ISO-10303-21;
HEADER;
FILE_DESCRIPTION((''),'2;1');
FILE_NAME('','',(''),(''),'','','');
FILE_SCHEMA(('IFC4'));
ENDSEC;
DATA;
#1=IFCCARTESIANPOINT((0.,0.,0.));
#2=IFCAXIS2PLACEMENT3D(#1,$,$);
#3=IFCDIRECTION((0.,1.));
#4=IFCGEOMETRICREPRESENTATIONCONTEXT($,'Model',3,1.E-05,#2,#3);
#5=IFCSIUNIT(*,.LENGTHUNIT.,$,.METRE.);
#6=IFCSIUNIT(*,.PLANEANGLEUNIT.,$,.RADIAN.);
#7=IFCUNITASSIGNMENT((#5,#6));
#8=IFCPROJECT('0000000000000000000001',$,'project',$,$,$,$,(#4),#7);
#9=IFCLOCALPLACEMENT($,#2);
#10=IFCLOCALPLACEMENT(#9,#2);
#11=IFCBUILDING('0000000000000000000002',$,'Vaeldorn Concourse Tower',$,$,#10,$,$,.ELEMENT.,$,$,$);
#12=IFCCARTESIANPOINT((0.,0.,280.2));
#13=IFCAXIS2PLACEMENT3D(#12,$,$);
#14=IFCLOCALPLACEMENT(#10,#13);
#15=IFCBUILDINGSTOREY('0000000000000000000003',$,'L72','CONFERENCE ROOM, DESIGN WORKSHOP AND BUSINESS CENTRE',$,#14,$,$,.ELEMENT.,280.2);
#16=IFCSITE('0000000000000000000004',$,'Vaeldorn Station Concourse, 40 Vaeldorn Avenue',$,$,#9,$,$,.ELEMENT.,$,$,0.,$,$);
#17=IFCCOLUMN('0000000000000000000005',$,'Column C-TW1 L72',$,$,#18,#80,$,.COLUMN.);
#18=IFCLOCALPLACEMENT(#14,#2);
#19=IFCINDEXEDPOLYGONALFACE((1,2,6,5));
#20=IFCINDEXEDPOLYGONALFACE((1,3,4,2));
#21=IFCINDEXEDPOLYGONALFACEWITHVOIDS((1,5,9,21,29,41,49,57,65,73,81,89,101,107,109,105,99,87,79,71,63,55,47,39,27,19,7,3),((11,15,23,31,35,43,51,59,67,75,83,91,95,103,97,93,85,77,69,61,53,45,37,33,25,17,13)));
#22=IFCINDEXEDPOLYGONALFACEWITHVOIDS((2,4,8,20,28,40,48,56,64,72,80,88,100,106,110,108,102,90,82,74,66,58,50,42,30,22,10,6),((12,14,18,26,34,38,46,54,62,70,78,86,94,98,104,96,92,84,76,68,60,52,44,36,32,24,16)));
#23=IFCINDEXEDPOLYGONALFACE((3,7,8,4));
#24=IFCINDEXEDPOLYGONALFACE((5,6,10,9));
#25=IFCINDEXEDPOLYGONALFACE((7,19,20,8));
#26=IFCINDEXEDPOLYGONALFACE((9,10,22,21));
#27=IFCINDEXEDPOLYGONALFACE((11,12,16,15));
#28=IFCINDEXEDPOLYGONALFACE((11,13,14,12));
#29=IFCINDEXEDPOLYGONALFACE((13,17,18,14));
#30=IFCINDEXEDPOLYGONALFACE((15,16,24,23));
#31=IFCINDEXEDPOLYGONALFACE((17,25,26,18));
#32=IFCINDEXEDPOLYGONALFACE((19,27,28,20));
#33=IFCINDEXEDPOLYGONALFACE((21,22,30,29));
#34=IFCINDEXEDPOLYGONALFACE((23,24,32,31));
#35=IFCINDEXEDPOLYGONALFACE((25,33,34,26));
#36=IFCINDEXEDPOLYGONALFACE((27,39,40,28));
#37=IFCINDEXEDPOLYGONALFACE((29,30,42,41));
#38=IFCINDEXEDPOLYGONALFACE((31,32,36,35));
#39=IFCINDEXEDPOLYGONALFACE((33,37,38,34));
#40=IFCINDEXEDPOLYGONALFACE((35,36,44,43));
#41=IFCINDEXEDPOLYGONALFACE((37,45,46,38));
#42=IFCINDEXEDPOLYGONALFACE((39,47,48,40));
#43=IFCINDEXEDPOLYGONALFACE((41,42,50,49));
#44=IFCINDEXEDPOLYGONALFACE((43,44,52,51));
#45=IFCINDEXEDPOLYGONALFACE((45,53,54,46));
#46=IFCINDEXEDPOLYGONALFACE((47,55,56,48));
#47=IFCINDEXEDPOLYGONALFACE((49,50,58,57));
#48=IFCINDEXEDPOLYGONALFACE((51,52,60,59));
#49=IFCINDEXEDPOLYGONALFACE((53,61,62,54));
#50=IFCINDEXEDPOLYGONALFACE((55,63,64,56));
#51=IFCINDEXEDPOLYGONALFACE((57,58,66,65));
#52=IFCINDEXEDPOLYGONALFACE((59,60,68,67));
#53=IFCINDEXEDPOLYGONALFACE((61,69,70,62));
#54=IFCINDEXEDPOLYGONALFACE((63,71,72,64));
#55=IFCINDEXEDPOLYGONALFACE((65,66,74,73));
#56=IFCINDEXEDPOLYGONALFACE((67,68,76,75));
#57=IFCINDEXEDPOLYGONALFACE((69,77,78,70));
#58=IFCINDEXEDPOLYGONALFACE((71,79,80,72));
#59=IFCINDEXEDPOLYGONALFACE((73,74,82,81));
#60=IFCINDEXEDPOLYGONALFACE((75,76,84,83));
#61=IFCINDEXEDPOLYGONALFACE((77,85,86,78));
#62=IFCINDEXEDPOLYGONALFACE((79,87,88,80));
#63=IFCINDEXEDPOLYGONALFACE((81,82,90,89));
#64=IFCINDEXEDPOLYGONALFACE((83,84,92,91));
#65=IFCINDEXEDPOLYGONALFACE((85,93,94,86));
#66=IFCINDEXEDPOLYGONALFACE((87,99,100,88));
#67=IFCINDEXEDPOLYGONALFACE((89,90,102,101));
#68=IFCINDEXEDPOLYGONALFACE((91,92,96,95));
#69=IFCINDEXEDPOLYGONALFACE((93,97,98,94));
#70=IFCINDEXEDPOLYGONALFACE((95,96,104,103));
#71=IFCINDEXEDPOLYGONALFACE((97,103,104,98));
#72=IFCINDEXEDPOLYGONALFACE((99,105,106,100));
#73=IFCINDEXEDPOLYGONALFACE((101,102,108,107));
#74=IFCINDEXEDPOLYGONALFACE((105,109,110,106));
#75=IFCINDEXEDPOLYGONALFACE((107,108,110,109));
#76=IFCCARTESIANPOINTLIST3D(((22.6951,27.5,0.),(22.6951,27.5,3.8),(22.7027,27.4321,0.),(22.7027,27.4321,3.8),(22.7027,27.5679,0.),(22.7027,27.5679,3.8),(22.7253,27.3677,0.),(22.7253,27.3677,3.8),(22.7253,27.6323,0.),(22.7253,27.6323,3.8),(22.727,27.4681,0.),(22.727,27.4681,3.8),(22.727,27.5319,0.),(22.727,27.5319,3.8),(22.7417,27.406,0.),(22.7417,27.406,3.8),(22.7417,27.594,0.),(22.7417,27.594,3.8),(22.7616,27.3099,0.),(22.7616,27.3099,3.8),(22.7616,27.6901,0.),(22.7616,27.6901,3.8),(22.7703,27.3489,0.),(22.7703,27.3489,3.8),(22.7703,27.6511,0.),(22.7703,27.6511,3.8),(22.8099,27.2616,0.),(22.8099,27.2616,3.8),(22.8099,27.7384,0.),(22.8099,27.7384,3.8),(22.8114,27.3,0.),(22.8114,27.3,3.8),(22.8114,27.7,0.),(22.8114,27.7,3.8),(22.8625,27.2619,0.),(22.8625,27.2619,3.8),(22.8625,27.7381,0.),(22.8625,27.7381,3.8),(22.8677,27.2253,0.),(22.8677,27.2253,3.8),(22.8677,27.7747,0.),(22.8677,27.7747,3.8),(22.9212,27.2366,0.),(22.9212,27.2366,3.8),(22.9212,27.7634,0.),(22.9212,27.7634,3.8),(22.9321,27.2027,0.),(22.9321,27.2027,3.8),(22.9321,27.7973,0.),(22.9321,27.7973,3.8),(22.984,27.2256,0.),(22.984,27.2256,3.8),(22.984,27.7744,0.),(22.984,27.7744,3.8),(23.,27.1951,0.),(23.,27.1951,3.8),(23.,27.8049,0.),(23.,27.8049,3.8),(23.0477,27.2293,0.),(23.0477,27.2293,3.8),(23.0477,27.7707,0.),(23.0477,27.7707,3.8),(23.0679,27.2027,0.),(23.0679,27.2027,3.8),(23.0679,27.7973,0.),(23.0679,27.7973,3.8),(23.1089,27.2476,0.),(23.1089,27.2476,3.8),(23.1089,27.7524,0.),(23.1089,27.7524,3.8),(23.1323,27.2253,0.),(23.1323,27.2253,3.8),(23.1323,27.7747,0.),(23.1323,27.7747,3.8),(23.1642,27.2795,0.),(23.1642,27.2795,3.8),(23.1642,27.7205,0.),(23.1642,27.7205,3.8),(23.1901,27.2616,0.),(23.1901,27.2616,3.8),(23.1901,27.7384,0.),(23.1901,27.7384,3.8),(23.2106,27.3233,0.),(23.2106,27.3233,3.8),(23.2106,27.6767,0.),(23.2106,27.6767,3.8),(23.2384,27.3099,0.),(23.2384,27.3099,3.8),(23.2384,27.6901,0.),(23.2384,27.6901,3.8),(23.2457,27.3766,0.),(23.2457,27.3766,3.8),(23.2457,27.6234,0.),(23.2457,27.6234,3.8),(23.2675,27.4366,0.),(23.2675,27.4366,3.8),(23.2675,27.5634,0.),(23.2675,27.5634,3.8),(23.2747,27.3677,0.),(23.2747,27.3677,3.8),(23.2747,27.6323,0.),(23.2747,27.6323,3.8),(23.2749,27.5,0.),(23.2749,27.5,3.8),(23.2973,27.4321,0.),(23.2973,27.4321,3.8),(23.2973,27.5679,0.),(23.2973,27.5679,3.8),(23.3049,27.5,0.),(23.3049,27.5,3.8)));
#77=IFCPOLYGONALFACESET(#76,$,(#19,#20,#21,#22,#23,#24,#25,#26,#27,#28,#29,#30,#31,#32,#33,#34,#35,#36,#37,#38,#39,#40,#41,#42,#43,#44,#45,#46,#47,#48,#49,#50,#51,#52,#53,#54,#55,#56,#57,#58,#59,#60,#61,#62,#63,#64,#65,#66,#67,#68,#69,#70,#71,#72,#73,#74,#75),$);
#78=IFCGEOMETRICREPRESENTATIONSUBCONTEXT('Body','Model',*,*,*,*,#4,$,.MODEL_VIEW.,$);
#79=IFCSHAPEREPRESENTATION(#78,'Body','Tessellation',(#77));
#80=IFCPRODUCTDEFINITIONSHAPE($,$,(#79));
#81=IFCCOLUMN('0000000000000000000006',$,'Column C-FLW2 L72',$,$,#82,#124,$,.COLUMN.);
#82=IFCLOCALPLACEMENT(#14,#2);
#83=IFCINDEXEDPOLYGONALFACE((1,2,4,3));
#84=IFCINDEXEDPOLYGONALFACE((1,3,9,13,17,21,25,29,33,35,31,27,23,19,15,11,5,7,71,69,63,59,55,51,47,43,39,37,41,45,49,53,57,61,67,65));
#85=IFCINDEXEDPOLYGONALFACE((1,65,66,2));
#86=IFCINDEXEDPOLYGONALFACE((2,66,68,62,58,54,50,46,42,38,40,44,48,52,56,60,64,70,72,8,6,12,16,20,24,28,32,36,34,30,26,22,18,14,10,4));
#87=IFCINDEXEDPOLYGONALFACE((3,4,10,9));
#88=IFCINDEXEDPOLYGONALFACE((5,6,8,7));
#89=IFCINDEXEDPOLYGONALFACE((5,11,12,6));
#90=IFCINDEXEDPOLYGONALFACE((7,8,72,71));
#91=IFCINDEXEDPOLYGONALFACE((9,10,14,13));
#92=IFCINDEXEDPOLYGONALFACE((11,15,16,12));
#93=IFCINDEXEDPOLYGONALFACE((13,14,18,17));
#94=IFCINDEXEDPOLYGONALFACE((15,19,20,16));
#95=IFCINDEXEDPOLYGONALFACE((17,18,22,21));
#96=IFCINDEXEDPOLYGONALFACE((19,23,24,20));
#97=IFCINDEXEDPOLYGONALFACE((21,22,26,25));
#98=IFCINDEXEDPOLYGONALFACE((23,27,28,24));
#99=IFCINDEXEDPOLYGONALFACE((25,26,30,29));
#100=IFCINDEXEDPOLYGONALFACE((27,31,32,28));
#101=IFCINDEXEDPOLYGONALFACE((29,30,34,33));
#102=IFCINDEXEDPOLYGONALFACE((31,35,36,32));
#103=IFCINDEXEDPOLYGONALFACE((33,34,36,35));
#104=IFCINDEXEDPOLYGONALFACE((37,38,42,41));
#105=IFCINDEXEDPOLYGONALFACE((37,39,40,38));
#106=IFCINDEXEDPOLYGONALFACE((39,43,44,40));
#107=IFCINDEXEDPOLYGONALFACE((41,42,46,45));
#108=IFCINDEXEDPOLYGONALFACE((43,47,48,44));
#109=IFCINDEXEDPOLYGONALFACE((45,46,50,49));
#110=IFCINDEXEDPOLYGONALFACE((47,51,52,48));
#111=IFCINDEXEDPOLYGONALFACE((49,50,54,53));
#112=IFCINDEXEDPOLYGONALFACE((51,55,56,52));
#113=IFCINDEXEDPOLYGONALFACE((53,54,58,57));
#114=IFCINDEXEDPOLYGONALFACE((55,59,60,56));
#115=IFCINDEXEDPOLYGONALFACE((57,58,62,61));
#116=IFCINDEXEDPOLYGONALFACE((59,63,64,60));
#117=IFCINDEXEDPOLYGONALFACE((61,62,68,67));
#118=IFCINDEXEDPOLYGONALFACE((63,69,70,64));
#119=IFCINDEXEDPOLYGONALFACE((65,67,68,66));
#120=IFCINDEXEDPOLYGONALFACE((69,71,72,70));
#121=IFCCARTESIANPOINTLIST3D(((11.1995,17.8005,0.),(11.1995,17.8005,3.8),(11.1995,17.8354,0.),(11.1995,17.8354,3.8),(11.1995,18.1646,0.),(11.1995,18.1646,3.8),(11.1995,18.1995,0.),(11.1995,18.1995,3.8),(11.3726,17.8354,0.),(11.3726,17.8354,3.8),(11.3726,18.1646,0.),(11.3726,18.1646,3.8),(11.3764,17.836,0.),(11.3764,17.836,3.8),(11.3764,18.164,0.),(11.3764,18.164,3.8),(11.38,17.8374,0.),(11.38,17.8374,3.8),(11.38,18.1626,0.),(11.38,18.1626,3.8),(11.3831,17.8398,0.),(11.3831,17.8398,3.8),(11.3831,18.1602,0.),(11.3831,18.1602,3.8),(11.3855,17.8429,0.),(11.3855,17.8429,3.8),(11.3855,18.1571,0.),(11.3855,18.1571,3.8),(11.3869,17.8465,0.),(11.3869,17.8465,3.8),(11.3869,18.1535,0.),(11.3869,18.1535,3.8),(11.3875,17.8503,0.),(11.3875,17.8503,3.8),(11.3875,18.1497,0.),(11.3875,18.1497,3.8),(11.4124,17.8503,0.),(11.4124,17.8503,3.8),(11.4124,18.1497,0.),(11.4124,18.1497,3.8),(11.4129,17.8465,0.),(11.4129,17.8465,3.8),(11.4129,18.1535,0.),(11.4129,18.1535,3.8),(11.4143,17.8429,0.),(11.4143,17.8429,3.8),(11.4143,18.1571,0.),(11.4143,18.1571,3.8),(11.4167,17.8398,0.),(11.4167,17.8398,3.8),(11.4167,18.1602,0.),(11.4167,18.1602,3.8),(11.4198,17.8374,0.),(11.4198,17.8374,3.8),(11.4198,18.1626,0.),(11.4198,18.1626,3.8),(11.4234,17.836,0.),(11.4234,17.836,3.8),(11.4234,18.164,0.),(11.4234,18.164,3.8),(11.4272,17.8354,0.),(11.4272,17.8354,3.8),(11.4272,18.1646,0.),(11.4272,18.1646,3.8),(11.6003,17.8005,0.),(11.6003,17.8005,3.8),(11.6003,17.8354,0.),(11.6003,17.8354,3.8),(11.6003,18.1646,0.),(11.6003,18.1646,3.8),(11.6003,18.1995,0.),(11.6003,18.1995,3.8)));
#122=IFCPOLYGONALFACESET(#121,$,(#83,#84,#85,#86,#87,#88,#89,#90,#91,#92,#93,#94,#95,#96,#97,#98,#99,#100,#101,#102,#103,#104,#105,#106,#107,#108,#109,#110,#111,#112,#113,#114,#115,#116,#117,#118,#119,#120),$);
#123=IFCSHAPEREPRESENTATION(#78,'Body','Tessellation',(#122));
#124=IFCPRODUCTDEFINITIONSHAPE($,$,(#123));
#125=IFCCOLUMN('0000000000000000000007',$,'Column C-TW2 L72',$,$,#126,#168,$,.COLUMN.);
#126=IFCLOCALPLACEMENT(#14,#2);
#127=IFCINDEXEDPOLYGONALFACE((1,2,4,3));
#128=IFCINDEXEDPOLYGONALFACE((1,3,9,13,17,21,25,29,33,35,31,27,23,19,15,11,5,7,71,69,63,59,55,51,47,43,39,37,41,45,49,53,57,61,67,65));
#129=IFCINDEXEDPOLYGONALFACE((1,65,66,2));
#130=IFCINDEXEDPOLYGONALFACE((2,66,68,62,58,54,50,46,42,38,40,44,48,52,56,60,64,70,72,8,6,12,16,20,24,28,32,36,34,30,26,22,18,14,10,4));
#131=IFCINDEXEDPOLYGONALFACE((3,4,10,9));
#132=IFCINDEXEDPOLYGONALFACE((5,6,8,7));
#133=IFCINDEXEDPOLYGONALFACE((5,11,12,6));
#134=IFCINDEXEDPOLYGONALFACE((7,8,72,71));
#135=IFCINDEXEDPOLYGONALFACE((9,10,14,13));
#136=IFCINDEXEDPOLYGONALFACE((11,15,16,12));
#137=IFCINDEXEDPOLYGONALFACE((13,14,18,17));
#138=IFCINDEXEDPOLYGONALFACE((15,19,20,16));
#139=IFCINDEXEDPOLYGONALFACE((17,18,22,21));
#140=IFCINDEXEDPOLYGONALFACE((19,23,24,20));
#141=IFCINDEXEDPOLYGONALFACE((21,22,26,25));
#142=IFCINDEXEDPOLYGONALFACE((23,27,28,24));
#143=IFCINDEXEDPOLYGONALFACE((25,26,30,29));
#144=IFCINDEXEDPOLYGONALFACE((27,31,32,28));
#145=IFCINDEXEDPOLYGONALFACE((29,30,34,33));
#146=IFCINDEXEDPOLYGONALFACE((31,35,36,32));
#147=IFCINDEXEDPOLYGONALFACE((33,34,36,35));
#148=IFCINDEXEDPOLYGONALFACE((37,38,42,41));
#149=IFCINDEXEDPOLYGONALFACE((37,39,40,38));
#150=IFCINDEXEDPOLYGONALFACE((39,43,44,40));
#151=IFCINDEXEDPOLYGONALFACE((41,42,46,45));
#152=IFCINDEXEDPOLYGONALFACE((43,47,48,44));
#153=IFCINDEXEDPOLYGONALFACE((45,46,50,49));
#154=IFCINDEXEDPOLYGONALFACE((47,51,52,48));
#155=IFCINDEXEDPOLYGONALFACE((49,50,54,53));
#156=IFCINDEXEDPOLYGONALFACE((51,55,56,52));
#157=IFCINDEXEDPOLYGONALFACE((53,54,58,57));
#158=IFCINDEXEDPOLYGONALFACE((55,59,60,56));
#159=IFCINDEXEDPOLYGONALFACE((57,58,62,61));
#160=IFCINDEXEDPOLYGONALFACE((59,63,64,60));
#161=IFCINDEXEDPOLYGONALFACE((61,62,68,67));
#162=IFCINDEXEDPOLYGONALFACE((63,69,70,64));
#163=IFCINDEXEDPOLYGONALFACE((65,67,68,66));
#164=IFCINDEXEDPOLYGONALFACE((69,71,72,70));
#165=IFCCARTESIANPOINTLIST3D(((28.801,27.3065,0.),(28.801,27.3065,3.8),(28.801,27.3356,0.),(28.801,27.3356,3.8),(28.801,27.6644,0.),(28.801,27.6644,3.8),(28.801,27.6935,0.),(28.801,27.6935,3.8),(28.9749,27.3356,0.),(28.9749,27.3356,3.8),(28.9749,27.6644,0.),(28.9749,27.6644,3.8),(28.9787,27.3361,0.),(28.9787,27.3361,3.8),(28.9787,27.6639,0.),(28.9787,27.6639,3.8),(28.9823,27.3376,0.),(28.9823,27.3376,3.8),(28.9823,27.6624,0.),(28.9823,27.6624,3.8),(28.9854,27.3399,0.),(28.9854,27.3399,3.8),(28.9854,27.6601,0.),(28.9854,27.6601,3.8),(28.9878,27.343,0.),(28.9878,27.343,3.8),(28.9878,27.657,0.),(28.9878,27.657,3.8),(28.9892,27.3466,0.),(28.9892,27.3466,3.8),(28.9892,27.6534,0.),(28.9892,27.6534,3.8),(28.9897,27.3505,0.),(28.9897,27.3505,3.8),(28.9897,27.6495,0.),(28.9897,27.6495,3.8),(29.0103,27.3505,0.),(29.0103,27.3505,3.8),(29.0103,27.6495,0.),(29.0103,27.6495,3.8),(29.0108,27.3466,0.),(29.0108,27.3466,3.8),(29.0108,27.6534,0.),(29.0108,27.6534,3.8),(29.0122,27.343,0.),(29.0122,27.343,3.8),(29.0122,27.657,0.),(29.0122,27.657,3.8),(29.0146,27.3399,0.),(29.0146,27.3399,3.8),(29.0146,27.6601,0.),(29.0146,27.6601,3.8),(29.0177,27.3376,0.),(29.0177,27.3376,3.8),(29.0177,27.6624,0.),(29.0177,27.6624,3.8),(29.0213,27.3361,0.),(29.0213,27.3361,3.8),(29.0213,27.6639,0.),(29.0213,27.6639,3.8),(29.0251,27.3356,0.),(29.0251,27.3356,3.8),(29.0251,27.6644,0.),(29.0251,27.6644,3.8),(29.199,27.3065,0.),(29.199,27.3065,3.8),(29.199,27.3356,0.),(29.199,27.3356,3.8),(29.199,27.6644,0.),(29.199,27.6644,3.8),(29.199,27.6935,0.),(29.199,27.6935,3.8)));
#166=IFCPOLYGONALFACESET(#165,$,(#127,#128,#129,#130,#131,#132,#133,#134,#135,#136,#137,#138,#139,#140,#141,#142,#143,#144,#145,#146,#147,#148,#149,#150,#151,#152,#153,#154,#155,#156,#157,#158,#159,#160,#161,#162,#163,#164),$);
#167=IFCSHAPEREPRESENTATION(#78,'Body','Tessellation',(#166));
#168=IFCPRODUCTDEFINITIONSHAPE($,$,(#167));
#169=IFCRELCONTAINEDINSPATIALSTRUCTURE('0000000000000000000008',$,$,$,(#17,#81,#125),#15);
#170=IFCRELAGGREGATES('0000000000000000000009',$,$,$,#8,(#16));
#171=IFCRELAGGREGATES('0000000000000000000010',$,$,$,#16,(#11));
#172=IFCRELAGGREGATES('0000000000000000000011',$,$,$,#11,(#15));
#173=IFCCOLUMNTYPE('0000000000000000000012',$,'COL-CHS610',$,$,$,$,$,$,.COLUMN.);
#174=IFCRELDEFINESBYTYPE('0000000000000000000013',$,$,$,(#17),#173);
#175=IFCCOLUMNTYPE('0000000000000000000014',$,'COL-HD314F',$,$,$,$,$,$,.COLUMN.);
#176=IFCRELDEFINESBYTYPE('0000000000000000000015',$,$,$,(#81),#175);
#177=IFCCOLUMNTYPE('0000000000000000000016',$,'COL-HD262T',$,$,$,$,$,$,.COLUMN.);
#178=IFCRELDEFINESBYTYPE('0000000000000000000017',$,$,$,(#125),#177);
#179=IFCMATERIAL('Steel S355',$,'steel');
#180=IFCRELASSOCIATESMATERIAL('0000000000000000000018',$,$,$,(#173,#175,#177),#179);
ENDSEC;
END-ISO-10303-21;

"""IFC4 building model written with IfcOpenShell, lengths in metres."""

from ifc_helpers import new_model, si_unit, direction, frame, origin, origin_2d, place, context, subcontext, project, spatial, hollow_circle, i_section, extrude, source, transform, mapped, material, material_profile, profile_set, type_object, element, save


model = new_model("IFC4")

# Units and contexts
model_context = context("Model", 3, precision=1e-05, world=origin(), true_north=direction((0.0, 1.0)))
body_context = subcontext(model_context, "Body", "Model", "MODEL_VIEW")
ifc_project = project(units=[si_unit("LENGTHUNIT", "METRE"), si_unit("PLANEANGLEUNIT", "RADIAN")], contexts=[model_context])

# Site, building, storey
site_placement = place(None, origin())
site = spatial("IfcSite", under=ifc_project, at=site_placement, Name="Vaeldorn Station Concourse, 40 Vaeldorn Avenue", CompositionType="ELEMENT", RefElevation=0.0)
building_placement = place(site_placement, origin())
building = spatial("IfcBuilding", under=site, at=building_placement, Name="Vaeldorn Concourse Tower", CompositionType="ELEMENT")
storey_placement = place(building_placement, frame((0.0, 0.0, 280.2)))
storey = spatial("IfcBuildingStorey", under=building, at=storey_placement, Name="L72", Description="CONFERENCE ROOM, DESIGN WORKSHOP AND BUSINESS CENTRE", CompositionType="ELEMENT", Elevation=280.2)

# Columns
ifc_material_1 = material(Name="Steel S355", Category="steel")
ifc_material_profile_1 = material_profile(ifc_material_1, hollow_circle(Radius=0.3049, WallThickness=0.03, at=origin_2d()), Name="CHS 610x30")
ifc_profile_set_1 = profile_set([ifc_material_profile_1], Name="Steel S355")
column_type_1 = type_object("IfcColumnType", Name="COL-CHS610", PredefinedType="COLUMN", material=ifc_profile_set_1)
shared_shape_1 = source(origin(), body_context, "Body", "SweptSolid", [
    extrude(hollow_circle(Radius=0.3049, WallThickness=0.03, at=origin_2d()), origin(), (0.0, 0.0, 1.0), 3.8),
])
column_1_placement = place(storey_placement, frame((23.0, 27.5, 0.0), z_axis=(0.0, 0.0, 1.0), x_axis=(1.0, 0.0, 0.0)))
element("IfcColumn", 1, at=column_1_placement, inside=storey, type_object=column_type_1, Name="Column C-TW1 L72", PredefinedType="COLUMN", context=body_context, shape_type="MappedRepresentation", body=[
    mapped(shared_shape_1, transform((0.0, 0.0, 0.0), scale=1.0)),
])
ifc_material_profile_2 = material_profile(ifc_material_1, i_section(OverallWidth=0.4009, OverallDepth=0.3989, WebThickness=0.0249, FlangeThickness=0.0349, FilletRadius=0.0149, at=origin_2d()), Name="HD 400x314")
ifc_profile_set_2 = profile_set([ifc_material_profile_2], Name="Steel S355")
column_type_2 = type_object("IfcColumnType", Name="COL-HD314F", PredefinedType="COLUMN", material=ifc_profile_set_2)
shared_shape_2 = source(origin(), body_context, "Body", "SweptSolid", [
    extrude(i_section(OverallWidth=0.4009, OverallDepth=0.3989, WebThickness=0.0249, FlangeThickness=0.0349, FilletRadius=0.0149, at=origin_2d()), origin(), (0.0, 0.0, 1.0), 3.8),
])
column_2_placement = place(storey_placement, frame((11.3999, 18.0, 0.0), z_axis=(0.0, 0.0, 1.0), x_axis=(1.0, 0.0, 0.0)))
element("IfcColumn", 2, at=column_2_placement, inside=storey, type_object=column_type_2, Name="Column C-FLW2 L72", PredefinedType="COLUMN", context=body_context, shape_type="MappedRepresentation", body=[
    mapped(shared_shape_2, transform((0.0, 0.0, 0.0), scale=1.0)),
])
ifc_material_profile_3 = material_profile(ifc_material_1, i_section(OverallWidth=0.3979, OverallDepth=0.387, WebThickness=0.0205, FlangeThickness=0.0291, FilletRadius=0.0149, at=origin_2d()), Name="HD 400x262")
ifc_profile_set_3 = profile_set([ifc_material_profile_3], Name="Steel S355")
column_type_3 = type_object("IfcColumnType", Name="COL-HD262T", PredefinedType="COLUMN", material=ifc_profile_set_3)
shared_shape_3 = source(origin(), body_context, "Body", "SweptSolid", [
    extrude(i_section(OverallWidth=0.3979, OverallDepth=0.387, WebThickness=0.0205, FlangeThickness=0.0291, FilletRadius=0.0149, at=origin_2d()), origin(), (0.0, 0.0, 1.0), 3.8),
])
for number, where, z_axis, x_axis, name in (
    (3, (29.0, 27.5, 0.0), (0.0, 0.0, 1.0), (1.0, 0.0, 0.0), "Column C-TW2 L72"),
):
    element("IfcColumn", number, at=place(storey_placement, frame(where, z_axis=z_axis, x_axis=x_axis)), inside=storey, type_object=column_type_3, Name=name, PredefinedType="COLUMN", context=body_context, shape_type="MappedRepresentation", body=[
        mapped(shared_shape_3, transform((0.0, 0.0, 0.0), scale=1.0)),
    ])

save(model, "model.ifc")
